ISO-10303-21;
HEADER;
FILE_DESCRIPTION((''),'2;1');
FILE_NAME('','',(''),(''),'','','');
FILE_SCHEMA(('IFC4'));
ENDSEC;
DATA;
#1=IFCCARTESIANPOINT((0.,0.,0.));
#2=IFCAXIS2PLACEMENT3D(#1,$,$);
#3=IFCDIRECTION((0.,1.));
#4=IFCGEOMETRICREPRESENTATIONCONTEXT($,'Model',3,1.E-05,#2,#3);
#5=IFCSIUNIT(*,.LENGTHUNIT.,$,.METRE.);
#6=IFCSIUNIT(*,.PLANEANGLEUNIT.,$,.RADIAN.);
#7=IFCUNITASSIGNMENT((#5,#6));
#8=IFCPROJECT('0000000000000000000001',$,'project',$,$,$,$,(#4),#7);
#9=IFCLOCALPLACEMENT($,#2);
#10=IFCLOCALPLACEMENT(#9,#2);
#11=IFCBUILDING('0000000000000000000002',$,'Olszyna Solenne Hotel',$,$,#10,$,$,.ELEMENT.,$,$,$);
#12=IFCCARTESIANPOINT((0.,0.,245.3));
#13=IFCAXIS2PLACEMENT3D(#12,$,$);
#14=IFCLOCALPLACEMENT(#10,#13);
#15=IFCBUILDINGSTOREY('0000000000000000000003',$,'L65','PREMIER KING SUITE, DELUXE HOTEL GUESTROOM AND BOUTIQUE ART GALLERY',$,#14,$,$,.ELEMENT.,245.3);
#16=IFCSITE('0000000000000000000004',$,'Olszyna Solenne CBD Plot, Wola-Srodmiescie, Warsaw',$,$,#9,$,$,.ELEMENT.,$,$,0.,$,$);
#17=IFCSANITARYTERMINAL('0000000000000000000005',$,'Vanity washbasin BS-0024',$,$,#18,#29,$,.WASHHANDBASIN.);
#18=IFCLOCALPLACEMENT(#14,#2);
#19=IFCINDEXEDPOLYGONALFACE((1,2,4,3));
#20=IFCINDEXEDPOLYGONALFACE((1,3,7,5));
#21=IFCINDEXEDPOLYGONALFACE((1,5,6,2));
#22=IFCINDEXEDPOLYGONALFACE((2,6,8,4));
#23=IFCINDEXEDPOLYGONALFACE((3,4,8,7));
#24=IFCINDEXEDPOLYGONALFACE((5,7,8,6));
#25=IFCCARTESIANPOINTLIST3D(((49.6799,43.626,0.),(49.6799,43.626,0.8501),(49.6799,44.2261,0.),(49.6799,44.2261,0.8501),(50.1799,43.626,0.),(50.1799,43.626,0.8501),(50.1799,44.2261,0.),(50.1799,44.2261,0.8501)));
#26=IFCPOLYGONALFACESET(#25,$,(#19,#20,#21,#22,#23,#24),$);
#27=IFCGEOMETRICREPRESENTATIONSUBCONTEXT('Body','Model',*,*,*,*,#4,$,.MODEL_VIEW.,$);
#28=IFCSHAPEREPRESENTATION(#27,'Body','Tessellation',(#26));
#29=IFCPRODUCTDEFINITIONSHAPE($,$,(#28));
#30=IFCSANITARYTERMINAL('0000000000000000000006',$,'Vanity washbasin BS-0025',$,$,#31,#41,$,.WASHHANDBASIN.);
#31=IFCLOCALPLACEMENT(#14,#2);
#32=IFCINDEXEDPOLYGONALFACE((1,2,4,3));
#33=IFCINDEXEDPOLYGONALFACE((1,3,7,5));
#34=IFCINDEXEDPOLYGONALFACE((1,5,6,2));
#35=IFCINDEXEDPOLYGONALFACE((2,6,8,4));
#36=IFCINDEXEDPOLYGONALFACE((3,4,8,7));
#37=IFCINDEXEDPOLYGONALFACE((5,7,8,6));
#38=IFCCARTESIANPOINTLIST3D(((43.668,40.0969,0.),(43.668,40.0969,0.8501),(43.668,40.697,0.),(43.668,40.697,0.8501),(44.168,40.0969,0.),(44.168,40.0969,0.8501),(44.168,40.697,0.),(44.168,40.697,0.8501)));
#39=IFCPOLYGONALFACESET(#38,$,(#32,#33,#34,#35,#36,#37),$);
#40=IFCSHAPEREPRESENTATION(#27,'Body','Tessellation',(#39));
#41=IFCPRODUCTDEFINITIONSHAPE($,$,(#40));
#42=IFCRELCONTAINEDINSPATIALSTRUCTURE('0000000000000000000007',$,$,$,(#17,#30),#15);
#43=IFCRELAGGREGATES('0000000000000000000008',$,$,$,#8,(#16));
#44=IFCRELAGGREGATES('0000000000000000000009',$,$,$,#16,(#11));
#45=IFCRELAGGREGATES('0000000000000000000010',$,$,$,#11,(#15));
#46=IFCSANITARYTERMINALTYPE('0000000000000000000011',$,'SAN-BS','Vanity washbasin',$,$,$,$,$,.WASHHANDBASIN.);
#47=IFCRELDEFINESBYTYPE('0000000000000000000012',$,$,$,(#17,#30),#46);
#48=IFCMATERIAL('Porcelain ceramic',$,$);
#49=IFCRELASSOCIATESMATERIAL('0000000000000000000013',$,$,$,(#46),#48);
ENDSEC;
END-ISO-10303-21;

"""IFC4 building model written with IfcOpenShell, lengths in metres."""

from ifc_helpers import new_model, si_unit, direction, frame, origin, origin_2d, place, context, subcontext, project, spatial, rectangle, extrude, source, transform, mapped, material, type_object, element, save


model = new_model("IFC4")

# Units and contexts
model_context = context("Model", 3, precision=1e-05, world=origin(), true_north=direction((0.0, 1.0)))
body_context = subcontext(model_context, "Body", "Model", "MODEL_VIEW")
ifc_project = project(units=[si_unit("LENGTHUNIT", "METRE"), si_unit("PLANEANGLEUNIT", "RADIAN")], contexts=[model_context])

# Site, building, storey
site_placement = place(None, origin())
site = spatial("IfcSite", under=ifc_project, at=site_placement, Name="Olszyna Solenne CBD Plot, Wola-Srodmiescie, Warsaw", CompositionType="ELEMENT", RefElevation=0.0)
building_placement = place(site_placement, origin())
building = spatial("IfcBuilding", under=site, at=building_placement, Name="Olszyna Solenne Hotel", CompositionType="ELEMENT")
storey_placement = place(building_placement, frame((0.0, 0.0, 245.3)))
storey = spatial("IfcBuildingStorey", under=building, at=storey_placement, Name="L65", Description="PREMIER KING SUITE, DELUXE HOTEL GUESTROOM AND BOUTIQUE ART GALLERY", CompositionType="ELEMENT", Elevation=245.3)

# Sanitary terminals
ifc_material_1 = material(Name="Porcelain ceramic")
sanitary_terminal_type_1 = type_object("IfcSanitaryTerminalType", Name="SAN-BS", Description="Vanity washbasin", PredefinedType="WASHHANDBASIN", material=ifc_material_1)
shared_shape_1 = source(origin(), body_context, "Body", "SweptSolid", [
    extrude(rectangle(XDim=0.5, YDim=0.6001, at=origin_2d()), origin(), (0.0, 0.0, 1.0), 0.8501),
])
for number, where, z_axis, x_axis, name in (
    (1, (49.9299, 43.926, 0.0), (0.0, 0.0, 1.0), (1.0, 0.0, 0.0), "Vanity washbasin BS-0024"),
    (2, (43.918, 40.397, 0.0), (0.0, 0.0, 1.0), (1.0, 0.0, 0.0), "Vanity washbasin BS-0025"),
):
    element("IfcSanitaryTerminal", number, at=place(storey_placement, frame(where, z_axis=z_axis, x_axis=x_axis)), inside=storey, type_object=sanitary_terminal_type_1, Name=name, PredefinedType="WASHHANDBASIN", context=body_context, shape_type="MappedRepresentation", body=[
        mapped(shared_shape_1, transform((0.0, 0.0, 0.0), x_axis=(1.0, 0.0, 0.0), y_axis=(0.0, 1.0, 0.0), z_axis=(0.0, 0.0, 1.0), scale=1.0)),
    ])

save(model, "model.ifc")
